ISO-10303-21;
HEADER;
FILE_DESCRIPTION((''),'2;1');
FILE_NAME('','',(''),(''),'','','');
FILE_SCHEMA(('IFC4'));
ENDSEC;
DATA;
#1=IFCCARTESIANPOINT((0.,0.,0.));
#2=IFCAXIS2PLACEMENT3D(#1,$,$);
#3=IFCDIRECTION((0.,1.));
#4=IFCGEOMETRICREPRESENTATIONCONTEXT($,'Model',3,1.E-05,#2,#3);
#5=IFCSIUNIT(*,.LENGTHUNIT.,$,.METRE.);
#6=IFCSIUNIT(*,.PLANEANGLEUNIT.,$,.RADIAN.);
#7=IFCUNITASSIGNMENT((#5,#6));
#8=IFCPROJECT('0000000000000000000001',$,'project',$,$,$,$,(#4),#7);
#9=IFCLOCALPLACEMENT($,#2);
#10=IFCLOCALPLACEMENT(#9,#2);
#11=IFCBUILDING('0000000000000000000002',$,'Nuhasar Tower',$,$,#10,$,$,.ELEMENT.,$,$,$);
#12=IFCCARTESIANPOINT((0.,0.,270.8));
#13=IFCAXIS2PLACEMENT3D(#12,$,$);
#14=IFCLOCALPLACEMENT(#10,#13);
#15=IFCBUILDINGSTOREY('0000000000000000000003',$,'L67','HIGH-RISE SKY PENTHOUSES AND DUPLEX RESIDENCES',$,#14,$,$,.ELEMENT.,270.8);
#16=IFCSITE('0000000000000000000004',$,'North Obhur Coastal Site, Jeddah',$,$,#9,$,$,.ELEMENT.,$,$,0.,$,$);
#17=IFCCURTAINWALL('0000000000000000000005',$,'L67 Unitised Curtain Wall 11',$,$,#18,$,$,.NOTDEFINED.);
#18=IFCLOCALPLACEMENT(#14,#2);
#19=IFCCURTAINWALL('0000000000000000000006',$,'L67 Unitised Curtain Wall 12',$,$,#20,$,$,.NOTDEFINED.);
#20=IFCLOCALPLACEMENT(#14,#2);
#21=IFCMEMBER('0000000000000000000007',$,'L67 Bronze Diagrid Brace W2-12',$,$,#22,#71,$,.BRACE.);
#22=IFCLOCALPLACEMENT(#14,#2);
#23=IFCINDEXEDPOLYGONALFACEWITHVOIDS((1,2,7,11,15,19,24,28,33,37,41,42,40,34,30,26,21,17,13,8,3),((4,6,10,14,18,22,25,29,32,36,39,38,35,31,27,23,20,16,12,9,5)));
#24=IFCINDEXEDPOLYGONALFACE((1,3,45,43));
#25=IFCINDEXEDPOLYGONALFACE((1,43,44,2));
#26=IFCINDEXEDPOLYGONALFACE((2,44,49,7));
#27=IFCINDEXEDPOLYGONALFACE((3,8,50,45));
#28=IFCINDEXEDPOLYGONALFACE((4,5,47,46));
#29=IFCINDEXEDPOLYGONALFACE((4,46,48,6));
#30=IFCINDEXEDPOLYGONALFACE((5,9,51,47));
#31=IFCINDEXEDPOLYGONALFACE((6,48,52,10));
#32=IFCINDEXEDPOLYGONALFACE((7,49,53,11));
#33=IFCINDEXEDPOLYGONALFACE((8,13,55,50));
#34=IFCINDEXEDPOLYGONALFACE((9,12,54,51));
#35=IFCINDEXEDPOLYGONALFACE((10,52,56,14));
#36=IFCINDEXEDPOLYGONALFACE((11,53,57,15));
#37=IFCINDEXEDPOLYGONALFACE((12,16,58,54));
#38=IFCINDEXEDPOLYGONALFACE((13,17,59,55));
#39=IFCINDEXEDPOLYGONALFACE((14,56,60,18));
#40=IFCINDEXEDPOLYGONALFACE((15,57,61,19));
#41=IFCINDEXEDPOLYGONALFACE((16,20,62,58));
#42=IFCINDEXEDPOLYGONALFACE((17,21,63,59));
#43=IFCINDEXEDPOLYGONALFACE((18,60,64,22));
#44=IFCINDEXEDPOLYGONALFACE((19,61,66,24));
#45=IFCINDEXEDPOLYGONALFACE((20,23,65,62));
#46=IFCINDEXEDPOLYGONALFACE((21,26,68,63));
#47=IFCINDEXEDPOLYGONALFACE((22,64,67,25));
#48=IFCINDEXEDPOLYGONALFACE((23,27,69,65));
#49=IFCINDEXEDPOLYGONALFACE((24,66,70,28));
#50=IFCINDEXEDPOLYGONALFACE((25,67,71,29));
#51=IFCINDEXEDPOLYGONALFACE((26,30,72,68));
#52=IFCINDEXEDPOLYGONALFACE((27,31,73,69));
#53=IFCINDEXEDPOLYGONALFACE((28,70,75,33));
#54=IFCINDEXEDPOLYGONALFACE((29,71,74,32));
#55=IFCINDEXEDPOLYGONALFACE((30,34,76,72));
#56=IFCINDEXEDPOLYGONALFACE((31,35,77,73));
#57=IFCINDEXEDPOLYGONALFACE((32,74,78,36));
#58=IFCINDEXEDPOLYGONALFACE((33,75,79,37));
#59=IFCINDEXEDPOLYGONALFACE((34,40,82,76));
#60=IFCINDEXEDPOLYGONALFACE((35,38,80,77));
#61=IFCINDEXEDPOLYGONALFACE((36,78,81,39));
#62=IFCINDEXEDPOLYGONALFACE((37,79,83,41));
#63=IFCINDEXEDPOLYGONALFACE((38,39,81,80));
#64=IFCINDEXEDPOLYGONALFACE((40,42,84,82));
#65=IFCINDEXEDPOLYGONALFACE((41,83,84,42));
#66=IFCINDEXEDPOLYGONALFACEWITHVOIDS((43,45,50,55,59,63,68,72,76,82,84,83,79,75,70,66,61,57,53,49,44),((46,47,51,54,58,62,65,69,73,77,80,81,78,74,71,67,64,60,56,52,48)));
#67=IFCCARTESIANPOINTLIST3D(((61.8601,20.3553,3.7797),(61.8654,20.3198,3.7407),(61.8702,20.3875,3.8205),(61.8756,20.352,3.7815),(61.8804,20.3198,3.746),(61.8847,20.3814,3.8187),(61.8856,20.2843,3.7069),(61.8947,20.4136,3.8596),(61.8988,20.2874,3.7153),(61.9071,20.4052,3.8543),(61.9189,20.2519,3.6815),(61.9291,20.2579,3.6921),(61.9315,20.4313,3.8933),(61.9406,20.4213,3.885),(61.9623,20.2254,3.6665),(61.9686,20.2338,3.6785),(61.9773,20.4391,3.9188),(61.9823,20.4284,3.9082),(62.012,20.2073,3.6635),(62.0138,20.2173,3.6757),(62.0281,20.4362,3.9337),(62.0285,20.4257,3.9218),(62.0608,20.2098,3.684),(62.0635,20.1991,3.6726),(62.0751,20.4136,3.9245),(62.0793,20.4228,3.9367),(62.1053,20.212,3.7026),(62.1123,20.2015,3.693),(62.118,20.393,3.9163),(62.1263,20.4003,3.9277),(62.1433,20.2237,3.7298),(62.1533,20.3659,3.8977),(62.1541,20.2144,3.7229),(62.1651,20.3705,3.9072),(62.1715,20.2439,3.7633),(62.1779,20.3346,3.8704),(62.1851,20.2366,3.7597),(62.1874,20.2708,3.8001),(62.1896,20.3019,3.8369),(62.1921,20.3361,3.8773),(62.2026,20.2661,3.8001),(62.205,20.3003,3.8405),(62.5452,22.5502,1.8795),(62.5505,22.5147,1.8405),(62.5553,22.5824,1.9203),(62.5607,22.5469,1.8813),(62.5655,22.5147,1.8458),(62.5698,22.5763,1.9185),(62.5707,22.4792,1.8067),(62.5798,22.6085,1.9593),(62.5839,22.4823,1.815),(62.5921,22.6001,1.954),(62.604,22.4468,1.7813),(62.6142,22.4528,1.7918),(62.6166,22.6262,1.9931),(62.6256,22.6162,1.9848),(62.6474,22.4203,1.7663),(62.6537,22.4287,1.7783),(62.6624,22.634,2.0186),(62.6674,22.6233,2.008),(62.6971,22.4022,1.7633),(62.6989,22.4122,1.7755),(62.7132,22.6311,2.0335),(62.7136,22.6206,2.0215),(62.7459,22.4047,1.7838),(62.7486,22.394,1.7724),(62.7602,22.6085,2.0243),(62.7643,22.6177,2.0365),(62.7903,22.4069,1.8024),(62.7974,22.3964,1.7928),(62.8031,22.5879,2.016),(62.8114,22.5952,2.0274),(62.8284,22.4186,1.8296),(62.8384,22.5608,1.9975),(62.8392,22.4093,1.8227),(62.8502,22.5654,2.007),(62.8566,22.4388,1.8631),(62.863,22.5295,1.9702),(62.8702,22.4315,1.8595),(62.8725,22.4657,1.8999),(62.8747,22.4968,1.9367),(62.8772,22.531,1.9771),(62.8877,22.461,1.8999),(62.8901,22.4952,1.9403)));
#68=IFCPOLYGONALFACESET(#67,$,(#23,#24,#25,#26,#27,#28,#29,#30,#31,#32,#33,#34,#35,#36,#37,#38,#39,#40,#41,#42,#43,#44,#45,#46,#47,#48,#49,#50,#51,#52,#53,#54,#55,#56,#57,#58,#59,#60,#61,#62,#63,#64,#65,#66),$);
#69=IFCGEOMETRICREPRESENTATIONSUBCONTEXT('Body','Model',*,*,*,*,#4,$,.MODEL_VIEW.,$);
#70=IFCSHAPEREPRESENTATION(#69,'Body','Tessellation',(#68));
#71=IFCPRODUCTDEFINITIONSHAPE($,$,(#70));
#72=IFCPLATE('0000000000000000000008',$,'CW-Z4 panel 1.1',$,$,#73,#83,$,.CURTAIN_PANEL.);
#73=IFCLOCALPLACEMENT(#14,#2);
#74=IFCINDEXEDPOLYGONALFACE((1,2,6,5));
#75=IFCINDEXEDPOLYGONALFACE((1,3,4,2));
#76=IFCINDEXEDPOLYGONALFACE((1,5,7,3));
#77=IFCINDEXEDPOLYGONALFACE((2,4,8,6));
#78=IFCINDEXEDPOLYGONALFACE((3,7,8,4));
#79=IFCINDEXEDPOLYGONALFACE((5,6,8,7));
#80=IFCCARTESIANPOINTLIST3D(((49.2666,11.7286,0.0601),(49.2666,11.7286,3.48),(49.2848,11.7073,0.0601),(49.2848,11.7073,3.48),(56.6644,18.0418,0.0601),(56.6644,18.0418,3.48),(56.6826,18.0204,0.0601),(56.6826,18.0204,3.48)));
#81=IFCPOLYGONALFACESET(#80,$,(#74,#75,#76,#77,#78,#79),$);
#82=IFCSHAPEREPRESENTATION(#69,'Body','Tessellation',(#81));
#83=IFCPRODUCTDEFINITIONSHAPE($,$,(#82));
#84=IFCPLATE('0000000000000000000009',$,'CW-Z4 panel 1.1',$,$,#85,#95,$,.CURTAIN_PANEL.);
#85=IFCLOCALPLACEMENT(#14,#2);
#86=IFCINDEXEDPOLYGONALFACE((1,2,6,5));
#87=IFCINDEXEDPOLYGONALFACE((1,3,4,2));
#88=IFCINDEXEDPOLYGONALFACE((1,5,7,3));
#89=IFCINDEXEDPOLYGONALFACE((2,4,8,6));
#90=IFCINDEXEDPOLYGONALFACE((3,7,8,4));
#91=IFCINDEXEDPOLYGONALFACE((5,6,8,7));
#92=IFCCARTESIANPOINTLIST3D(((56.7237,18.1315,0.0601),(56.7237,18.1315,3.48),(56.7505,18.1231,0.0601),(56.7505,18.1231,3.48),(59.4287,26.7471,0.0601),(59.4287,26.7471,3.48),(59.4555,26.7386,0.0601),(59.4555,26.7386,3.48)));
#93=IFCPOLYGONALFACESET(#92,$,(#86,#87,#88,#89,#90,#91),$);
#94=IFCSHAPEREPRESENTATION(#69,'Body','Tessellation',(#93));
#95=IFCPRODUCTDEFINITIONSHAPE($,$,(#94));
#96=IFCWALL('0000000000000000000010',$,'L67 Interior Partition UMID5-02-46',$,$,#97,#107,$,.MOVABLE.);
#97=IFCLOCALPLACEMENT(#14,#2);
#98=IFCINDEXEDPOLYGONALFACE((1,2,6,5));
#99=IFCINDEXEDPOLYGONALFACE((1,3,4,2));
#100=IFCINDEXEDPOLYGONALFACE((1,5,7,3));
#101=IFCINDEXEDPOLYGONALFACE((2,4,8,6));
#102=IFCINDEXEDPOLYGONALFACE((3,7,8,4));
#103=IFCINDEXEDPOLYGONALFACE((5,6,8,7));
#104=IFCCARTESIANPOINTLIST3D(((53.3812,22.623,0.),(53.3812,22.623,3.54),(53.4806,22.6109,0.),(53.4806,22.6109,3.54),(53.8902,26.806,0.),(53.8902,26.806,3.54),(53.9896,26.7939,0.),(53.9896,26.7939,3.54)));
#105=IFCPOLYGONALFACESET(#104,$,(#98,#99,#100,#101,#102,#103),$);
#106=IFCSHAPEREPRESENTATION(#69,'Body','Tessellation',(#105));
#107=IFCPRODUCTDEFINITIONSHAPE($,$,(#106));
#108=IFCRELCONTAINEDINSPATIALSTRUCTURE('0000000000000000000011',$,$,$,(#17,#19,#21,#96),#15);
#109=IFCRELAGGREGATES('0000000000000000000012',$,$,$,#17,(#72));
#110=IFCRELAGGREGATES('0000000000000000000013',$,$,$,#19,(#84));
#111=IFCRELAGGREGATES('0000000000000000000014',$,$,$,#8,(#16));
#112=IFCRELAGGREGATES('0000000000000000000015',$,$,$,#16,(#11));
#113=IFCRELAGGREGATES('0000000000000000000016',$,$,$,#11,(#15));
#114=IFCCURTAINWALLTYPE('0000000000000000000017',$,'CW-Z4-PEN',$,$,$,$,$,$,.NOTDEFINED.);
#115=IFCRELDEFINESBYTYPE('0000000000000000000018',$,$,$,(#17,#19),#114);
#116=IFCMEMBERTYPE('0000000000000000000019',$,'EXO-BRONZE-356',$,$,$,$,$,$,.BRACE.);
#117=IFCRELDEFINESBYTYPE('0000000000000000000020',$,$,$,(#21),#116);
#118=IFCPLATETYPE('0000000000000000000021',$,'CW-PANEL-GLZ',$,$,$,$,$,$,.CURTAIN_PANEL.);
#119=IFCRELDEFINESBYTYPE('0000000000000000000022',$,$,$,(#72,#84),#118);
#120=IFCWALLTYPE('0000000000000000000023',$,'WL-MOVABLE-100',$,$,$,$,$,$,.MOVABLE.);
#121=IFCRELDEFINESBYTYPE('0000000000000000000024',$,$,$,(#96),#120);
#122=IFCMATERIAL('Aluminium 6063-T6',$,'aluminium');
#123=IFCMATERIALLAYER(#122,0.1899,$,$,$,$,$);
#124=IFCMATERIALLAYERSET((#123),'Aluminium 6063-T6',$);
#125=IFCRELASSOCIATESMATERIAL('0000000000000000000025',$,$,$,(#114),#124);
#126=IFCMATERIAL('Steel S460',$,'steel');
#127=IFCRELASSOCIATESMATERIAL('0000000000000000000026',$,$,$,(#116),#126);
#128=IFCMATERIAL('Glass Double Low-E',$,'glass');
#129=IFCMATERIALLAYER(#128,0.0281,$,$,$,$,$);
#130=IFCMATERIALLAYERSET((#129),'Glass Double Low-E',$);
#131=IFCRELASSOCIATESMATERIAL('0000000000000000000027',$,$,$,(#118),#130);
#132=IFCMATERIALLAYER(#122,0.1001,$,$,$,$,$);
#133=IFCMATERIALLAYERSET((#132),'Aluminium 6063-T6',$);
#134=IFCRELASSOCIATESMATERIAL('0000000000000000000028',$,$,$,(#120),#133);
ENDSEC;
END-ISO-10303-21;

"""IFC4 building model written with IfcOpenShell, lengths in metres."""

from ifc_helpers import new_model, si_unit, direction, frame, frame_2d, origin, origin_2d, place, context, subcontext, project, spatial, rectangle, hollow_circle, extrude, material, layer, layer_set, material_profile, profile_set, type_object, element, aggregate, save


model = new_model("IFC4")

# Units and contexts
model_context = context("Model", 3, precision=1e-05, world=origin(), true_north=direction((0.0, 1.0)))
body_context = subcontext(model_context, "Body", "Model", "MODEL_VIEW")
ifc_project = project(units=[si_unit("LENGTHUNIT", "METRE"), si_unit("PLANEANGLEUNIT", "RADIAN")], contexts=[model_context])

# Site, building, storey
site_placement = place(None, origin())
site = spatial("IfcSite", under=ifc_project, at=site_placement, Name="North Obhur Coastal Site, Jeddah", CompositionType="ELEMENT", RefElevation=0.0)
building_placement = place(site_placement, origin())
building = spatial("IfcBuilding", under=site, at=building_placement, Name="Nuhasar Tower", CompositionType="ELEMENT")
storey_placement = place(building_placement, frame((0.0, 0.0, 270.8)))
storey = spatial("IfcBuildingStorey", under=building, at=storey_placement, Name="L67", Description="HIGH-RISE SKY PENTHOUSES AND DUPLEX RESIDENCES", CompositionType="ELEMENT", Elevation=270.8)

# Curtain wall
ifc_material_1 = material(Name="Aluminium 6063-T6", Category="aluminium")
ifc_layer_1 = layer(ifc_material_1, 0.1899)
ifc_layer_set_1 = layer_set([ifc_layer_1], Name="Aluminium 6063-T6")
curtain_wall_type = type_object("IfcCurtainWallType", Name="CW-Z4-PEN", PredefinedType="NOTDEFINED", material=ifc_layer_set_1)
curtain_wall_1_placement = place(storey_placement, origin())
curtain_wall_1 = element("IfcCurtainWall", 1, at=curtain_wall_1_placement, inside=storey, type_object=curtain_wall_type, Name="L67 Unitised Curtain Wall 11", PredefinedType="NOTDEFINED")

# Curtain wall
curtain_wall_2_placement = place(storey_placement, origin())
curtain_wall_2 = element("IfcCurtainWall", 2, at=curtain_wall_2_placement, inside=storey, type_object=curtain_wall_type, Name="L67 Unitised Curtain Wall 12", PredefinedType="NOTDEFINED")

# Member
ifc_material_2 = material(Name="Steel S460", Category="steel")
ifc_material_profile_1 = material_profile(ifc_material_2, hollow_circle(Radius=0.1777, WallThickness=0.0159, at=origin_2d()), Name="HSS355.6X15.9")
ifc_profile_set_1 = profile_set([ifc_material_profile_1], Name="Steel S460")
member_type_1 = type_object("IfcMemberType", Name="EXO-BRONZE-356", PredefinedType="BRACE", material=ifc_profile_set_1)
member_1_placement = place(storey_placement, frame((62.718, 22.5139, 1.8999), z_axis=(-0.229669, -0.735826, 0.637034), x_axis=(0.954582, -0.297948, 0.0)))
element("IfcMember", 3, at=member_1_placement, inside=storey, type_object=member_type_1, Name="L67 Bronze Diagrid Brace W2-12", PredefinedType="BRACE", context=body_context, shape_type="SweptSolid", body=[
    extrude(hollow_circle(Radius=0.1777, WallThickness=0.0159, at=origin_2d()), origin(), (0.0, 0.0, 1.0), 2.9829),
])

# Plates
ifc_material_3 = material(Name="Glass Double Low-E", Category="glass")
ifc_layer_2 = layer(ifc_material_3, 0.0281)
ifc_layer_set_2 = layer_set([ifc_layer_2], Name="Glass Double Low-E")
plate_type = type_object("IfcPlateType", Name="CW-PANEL-GLZ", PredefinedType="CURTAIN_PANEL", material=ifc_layer_set_2)
plate_1_placement = place(storey_placement, frame((52.9746, 14.8745, 0.0601), z_axis=(0.0, 0.0, 1.0), x_axis=(0.760667, 0.649142, 0.0)))
plate_1 = element("IfcPlate", 4, at=plate_1_placement, type_object=plate_type, Name="CW-Z4 panel 1.1", PredefinedType="CURTAIN_PANEL", context=body_context, shape_type="SweptSolid", body=[
    extrude(rectangle(XDim=9.7253, YDim=0.0281, at=origin_2d()), origin(), (0.0, 0.0, 1.0), 3.4199),
])
aggregate(curtain_wall_1, [plate_1])
plate_2_placement = place(storey_placement, frame((58.0896, 22.4351, 0.0601), z_axis=(0.0, 0.0, 1.0), x_axis=(0.299557, 0.954079, 0.0)))
plate_2 = element("IfcPlate", 5, at=plate_2_placement, type_object=plate_type, Name="CW-Z4 panel 1.1", PredefinedType="CURTAIN_PANEL", context=body_context, shape_type="SweptSolid", body=[
    extrude(rectangle(XDim=9.0303, YDim=0.0281, at=origin_2d()), origin(), (0.0, 0.0, 1.0), 3.4199),
])
aggregate(curtain_wall_2, [plate_2])

# Wall
ifc_layer_3 = layer(ifc_material_1, 0.1001)
ifc_layer_set_3 = layer_set([ifc_layer_3], Name="Aluminium 6063-T6")
wall_type = type_object("IfcWallType", Name="WL-MOVABLE-100", PredefinedType="MOVABLE", material=ifc_layer_set_3)
wall_placement = place(storey_placement, frame((53.4309, 22.6169, 0.0), z_axis=(0.0, 0.0, 1.0), x_axis=(0.120797, 0.992677, 0.0)))
element("IfcWall", 6, at=wall_placement, inside=storey, type_object=wall_type, Name="L67 Interior Partition UMID5-02-46", PredefinedType="MOVABLE", context=body_context, shape_type="SweptSolid", body=[
    extrude(rectangle(XDim=4.2139, YDim=0.1001, at=frame_2d((2.1069, 0.0))), origin(), (0.0, 0.0, 1.0), 3.54),
])

save(model, "model.ifc")
